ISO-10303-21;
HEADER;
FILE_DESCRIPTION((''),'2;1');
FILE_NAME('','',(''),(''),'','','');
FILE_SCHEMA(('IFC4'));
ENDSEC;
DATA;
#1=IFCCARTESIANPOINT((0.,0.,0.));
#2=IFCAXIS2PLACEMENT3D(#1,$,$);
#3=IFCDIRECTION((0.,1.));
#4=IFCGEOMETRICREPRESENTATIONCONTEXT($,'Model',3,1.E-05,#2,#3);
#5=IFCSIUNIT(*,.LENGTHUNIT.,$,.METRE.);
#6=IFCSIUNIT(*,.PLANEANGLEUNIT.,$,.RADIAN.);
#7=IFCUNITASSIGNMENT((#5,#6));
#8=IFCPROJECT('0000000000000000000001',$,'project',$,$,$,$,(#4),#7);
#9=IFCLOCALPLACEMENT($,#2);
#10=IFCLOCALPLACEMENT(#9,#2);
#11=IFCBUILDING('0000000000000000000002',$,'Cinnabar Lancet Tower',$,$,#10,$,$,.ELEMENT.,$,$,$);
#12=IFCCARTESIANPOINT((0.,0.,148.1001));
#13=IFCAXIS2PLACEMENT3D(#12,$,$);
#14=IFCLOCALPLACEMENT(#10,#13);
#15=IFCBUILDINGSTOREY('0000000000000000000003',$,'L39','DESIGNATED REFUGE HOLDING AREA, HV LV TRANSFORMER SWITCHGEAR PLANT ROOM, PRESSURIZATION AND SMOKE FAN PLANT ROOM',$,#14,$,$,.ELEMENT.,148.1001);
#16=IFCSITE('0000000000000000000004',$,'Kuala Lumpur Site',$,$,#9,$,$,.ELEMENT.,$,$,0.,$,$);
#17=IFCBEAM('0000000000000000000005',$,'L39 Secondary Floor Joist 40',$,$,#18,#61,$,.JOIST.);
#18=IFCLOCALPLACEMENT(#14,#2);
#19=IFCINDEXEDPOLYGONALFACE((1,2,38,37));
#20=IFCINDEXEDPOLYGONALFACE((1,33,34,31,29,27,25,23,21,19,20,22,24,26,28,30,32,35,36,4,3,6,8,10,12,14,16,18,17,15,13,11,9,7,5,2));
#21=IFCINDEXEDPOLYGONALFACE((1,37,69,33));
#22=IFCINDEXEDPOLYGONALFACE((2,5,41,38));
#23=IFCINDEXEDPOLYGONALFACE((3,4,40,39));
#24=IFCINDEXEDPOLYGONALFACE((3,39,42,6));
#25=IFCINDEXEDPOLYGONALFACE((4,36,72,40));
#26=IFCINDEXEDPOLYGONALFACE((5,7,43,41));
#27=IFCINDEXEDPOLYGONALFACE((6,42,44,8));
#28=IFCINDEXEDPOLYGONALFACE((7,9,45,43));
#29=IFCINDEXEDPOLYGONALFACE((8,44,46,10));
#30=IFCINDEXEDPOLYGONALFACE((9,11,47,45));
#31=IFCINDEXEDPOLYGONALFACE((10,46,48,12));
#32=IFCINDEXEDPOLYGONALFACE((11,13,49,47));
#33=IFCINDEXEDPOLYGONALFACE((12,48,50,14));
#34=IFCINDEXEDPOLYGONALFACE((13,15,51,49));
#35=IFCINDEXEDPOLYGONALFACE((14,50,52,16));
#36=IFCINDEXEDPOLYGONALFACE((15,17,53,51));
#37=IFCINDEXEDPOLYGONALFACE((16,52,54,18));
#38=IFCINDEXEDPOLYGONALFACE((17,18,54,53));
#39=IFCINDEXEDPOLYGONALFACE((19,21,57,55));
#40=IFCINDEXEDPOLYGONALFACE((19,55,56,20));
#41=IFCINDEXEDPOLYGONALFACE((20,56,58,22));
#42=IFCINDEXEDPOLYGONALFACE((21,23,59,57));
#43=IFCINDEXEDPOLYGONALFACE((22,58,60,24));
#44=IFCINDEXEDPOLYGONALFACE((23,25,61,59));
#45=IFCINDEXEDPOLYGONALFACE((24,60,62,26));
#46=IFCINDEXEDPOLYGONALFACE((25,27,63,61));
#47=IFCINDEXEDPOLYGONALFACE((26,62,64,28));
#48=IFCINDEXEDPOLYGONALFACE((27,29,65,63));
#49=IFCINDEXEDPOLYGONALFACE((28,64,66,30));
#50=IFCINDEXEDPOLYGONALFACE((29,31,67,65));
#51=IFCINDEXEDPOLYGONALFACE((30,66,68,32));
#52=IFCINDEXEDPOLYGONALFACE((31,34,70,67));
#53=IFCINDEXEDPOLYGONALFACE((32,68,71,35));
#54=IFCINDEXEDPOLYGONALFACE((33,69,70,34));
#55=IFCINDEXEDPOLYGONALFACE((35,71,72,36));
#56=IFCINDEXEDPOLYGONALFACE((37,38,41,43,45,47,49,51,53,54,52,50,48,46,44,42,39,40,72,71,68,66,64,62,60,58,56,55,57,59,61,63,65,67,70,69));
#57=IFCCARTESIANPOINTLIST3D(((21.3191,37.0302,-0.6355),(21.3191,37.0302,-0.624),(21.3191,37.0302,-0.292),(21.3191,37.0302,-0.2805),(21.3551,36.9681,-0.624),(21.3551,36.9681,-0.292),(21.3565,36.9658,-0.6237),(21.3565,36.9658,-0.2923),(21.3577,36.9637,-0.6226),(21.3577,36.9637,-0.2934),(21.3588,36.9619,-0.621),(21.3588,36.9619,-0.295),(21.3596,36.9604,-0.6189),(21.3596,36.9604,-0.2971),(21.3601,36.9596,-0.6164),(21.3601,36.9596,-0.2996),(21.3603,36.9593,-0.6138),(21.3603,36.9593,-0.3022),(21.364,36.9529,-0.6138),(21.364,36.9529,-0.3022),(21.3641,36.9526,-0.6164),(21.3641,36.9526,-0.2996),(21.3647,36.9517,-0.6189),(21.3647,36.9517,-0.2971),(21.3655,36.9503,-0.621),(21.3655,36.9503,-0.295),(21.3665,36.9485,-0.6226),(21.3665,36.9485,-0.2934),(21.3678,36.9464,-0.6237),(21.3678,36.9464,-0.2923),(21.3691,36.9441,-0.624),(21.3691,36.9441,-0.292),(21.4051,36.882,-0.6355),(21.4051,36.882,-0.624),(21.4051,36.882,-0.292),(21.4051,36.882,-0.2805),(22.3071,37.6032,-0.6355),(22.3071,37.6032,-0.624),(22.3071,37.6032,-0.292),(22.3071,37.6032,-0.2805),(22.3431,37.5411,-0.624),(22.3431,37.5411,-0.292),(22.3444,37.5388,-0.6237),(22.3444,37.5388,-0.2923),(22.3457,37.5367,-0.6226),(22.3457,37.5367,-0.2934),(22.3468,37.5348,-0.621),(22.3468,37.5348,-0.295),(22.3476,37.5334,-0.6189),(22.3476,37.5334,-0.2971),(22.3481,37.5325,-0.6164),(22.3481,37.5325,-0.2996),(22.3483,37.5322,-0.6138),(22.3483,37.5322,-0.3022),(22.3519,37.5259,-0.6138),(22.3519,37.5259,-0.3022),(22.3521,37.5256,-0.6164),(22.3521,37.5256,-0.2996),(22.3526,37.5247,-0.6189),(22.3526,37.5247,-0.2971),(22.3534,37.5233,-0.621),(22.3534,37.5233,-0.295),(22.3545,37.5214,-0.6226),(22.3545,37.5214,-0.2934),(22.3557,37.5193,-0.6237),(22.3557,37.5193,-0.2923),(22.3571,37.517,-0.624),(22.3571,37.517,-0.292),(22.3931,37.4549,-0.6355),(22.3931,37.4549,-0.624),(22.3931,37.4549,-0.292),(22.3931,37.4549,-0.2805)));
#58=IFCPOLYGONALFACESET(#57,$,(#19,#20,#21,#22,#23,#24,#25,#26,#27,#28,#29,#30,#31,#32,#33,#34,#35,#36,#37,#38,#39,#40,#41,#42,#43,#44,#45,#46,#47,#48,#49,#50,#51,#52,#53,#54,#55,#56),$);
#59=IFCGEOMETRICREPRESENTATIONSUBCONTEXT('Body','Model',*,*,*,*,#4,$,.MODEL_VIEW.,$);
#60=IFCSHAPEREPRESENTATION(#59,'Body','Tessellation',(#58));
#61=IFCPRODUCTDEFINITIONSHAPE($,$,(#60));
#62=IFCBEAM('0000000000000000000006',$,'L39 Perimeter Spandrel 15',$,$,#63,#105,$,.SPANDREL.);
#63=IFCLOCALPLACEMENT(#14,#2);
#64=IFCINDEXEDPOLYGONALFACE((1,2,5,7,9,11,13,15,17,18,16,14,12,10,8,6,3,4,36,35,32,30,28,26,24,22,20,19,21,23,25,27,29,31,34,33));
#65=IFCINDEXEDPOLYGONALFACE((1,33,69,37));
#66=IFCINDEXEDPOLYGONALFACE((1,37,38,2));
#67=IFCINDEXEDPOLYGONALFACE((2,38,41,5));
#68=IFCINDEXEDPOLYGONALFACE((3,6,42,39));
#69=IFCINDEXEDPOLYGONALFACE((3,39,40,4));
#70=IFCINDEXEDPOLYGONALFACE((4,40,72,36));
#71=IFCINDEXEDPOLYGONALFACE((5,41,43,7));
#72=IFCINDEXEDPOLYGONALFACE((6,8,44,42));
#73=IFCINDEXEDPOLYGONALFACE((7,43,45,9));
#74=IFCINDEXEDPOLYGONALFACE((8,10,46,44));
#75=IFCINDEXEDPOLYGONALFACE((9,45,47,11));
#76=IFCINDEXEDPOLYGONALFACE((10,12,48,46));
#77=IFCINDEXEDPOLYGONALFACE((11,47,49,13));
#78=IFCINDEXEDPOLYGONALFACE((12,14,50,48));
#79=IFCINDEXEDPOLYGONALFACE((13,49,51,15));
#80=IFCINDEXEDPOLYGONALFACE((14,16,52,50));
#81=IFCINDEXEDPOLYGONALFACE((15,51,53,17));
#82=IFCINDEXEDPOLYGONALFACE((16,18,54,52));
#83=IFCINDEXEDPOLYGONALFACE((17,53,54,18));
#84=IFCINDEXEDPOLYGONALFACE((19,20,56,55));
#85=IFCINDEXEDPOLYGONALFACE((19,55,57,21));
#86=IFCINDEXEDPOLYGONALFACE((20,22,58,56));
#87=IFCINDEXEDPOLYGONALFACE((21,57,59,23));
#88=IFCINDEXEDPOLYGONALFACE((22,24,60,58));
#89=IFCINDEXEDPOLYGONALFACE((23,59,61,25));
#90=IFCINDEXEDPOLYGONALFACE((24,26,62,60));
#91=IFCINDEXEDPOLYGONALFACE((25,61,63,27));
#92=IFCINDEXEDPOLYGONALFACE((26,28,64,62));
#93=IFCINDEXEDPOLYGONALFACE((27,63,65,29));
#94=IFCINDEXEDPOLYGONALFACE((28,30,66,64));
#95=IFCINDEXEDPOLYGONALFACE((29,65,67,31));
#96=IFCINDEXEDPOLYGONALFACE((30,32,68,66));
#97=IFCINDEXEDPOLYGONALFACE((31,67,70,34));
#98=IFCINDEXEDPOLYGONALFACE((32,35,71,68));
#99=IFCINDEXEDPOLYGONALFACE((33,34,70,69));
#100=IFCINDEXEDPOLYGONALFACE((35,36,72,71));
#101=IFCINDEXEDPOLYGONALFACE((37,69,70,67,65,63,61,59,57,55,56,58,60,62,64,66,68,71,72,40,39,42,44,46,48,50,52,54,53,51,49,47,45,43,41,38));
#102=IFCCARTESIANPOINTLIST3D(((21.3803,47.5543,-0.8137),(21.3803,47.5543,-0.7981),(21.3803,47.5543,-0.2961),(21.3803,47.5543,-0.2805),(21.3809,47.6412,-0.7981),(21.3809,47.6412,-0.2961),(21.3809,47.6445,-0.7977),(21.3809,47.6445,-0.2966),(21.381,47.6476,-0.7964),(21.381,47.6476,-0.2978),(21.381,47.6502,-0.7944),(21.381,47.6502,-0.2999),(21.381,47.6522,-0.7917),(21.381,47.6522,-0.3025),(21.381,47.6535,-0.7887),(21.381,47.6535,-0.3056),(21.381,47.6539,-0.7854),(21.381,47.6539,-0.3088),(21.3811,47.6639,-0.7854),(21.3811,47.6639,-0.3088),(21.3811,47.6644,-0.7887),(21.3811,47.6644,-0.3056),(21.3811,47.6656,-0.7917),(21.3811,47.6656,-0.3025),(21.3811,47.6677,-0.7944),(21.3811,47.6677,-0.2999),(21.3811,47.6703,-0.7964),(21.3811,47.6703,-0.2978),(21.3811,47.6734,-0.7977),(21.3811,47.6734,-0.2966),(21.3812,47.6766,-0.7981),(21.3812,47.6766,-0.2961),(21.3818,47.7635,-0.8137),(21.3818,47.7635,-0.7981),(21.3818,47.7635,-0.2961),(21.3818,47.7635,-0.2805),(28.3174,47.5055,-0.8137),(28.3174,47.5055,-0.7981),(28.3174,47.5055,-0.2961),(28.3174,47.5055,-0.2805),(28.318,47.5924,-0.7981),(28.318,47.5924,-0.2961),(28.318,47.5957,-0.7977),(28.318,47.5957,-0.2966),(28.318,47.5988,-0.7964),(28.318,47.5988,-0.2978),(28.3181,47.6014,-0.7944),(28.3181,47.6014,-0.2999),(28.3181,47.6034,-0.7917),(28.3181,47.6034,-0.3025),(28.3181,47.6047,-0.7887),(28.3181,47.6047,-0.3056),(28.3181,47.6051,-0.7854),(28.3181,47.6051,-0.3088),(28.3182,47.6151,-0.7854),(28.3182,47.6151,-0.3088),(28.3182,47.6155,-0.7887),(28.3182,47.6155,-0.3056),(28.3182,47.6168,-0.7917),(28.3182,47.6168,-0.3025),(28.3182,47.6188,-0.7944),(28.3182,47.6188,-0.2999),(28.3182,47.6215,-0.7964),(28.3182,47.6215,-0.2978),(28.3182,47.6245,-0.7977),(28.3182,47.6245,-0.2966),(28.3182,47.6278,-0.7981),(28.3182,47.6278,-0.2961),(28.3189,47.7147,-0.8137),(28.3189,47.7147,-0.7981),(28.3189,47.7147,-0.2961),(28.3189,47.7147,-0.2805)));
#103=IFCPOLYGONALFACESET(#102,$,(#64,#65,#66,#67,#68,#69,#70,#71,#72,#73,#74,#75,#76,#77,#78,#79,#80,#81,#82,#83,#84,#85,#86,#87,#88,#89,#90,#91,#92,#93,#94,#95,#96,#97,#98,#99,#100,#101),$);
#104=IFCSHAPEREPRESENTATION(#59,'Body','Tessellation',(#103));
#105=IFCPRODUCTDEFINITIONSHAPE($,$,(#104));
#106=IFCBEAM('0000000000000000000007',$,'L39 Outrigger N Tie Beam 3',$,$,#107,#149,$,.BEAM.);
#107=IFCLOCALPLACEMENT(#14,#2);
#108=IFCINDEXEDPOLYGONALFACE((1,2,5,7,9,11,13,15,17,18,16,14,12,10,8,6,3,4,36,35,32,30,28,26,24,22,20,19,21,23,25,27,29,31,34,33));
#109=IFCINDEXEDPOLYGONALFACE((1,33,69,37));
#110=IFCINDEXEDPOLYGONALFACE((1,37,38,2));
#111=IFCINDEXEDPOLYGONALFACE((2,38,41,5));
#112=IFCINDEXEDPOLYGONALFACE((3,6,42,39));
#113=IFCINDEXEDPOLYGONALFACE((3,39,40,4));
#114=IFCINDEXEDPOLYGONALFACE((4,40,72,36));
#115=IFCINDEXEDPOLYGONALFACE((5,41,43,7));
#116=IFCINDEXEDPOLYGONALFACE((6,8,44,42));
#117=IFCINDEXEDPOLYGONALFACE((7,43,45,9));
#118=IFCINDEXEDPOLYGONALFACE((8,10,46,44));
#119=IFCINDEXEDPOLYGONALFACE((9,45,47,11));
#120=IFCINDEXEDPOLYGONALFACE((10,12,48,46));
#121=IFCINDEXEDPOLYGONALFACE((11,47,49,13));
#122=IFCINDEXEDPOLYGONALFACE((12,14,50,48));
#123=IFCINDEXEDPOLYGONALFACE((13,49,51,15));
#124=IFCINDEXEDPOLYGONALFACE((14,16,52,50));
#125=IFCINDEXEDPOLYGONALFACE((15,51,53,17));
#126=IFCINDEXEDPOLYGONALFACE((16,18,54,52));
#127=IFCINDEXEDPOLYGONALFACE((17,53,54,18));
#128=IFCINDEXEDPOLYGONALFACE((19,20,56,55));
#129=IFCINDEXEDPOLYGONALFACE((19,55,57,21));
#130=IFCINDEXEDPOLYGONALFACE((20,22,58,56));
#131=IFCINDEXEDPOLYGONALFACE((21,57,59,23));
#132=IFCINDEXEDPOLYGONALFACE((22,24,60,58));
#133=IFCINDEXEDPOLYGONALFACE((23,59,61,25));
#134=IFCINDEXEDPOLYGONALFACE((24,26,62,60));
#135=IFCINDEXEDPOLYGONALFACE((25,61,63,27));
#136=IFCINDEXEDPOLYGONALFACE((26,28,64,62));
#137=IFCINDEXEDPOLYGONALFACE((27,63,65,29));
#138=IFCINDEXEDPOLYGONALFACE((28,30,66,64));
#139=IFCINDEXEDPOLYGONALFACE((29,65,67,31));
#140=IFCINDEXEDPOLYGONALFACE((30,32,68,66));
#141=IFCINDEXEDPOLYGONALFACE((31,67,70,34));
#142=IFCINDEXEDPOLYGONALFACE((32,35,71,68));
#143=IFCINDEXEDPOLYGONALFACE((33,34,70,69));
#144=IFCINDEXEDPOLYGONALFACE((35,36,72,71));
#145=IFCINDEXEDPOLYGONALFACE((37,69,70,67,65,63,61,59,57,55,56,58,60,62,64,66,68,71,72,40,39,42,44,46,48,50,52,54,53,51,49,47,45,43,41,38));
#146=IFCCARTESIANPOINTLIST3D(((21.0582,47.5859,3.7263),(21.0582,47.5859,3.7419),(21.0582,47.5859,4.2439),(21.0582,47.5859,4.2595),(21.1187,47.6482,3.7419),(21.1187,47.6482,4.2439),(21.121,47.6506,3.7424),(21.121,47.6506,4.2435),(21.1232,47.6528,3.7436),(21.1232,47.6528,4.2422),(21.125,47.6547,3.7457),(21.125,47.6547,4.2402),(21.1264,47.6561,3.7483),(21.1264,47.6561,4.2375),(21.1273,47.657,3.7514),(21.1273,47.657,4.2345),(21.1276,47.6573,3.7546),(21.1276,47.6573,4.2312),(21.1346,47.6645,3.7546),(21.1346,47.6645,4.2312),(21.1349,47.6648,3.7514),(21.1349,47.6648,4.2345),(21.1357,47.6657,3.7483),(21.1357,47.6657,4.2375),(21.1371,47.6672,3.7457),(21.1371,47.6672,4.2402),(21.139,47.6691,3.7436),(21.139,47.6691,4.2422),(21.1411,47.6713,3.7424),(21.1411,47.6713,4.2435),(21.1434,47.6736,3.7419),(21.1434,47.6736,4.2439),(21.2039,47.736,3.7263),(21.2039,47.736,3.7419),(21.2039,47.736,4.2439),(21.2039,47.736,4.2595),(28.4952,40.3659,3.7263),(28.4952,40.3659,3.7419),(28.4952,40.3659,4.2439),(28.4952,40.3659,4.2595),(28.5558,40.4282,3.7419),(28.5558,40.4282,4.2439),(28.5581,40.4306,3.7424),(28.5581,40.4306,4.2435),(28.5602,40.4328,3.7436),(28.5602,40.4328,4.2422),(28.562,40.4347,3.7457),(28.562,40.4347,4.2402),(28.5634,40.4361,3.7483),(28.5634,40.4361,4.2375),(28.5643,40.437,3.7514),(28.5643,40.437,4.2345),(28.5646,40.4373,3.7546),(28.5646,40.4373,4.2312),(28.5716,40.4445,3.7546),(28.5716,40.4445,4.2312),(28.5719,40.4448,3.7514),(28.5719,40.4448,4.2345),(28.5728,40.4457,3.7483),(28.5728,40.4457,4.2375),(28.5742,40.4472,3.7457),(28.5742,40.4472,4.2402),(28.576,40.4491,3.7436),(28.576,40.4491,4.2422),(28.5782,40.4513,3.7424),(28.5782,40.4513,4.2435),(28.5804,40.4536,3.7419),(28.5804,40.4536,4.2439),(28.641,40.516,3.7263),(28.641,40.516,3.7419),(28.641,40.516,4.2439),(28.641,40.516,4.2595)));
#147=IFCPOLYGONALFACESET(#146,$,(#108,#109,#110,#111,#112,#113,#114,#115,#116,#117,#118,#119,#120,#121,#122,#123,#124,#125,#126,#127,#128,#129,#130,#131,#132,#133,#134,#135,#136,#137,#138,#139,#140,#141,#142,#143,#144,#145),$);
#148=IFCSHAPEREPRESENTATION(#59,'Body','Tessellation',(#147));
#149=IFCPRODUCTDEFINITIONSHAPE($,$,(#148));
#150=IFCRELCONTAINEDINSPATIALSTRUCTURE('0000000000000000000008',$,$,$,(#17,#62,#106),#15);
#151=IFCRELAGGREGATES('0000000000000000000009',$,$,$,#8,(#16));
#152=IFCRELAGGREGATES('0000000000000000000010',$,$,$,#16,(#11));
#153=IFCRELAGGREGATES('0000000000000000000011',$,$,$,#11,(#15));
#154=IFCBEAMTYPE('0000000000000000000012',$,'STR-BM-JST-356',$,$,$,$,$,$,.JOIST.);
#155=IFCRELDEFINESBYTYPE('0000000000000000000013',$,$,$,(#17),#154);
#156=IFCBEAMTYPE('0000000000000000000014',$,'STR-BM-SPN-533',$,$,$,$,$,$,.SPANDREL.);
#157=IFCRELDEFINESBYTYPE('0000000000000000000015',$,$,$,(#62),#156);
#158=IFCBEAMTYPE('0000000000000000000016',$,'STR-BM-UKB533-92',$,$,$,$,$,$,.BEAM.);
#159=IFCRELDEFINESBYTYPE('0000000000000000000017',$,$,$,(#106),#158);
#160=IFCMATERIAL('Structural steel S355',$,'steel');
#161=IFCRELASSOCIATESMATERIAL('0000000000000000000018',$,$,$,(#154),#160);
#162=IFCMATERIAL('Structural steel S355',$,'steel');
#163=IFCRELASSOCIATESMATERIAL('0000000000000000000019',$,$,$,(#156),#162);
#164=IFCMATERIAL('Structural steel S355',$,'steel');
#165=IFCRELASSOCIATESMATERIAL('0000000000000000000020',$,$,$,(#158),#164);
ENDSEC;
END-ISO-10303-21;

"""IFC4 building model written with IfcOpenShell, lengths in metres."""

from ifc_helpers import new_model, si_unit, direction, frame, origin, origin_2d, place, context, subcontext, project, spatial, i_section, extrude, material, material_profile, profile_set, type_object, element, save


model = new_model("IFC4")

# Units and contexts
model_context = context("Model", 3, precision=1e-05, world=origin(), true_north=direction((0.0, 1.0)))
body_context = subcontext(model_context, "Body", "Model", "MODEL_VIEW")
ifc_project = project(units=[si_unit("LENGTHUNIT", "METRE"), si_unit("PLANEANGLEUNIT", "RADIAN")], contexts=[model_context])

# Site, building, storey
site_placement = place(None, origin())
site = spatial("IfcSite", under=ifc_project, at=site_placement, Name="Kuala Lumpur Site", CompositionType="ELEMENT", RefElevation=0.0)
building_placement = place(site_placement, origin())
building = spatial("IfcBuilding", under=site, at=building_placement, Name="Cinnabar Lancet Tower", CompositionType="ELEMENT")
storey_placement = place(building_placement, frame((0.0, 0.0, 148.1001)))
storey = spatial("IfcBuildingStorey", under=building, at=storey_placement, Name="L39", Description="DESIGNATED REFUGE HOLDING AREA, HV LV TRANSFORMER SWITCHGEAR PLANT ROOM, PRESSURIZATION AND SMOKE FAN PLANT ROOM", CompositionType="ELEMENT", Elevation=148.1001)

# Beams
ifc_material_1 = material(Name="Structural steel S355", Category="steel")
ifc_material_profile_1 = material_profile(ifc_material_1, i_section(OverallWidth=0.1714, OverallDepth=0.355, WebThickness=0.0073, FlangeThickness=0.0115, FilletRadius=0.0103, at=origin_2d()), Name="UKB 356x171x51")
ifc_profile_set_1 = profile_set([ifc_material_profile_1], Name="Structural steel S355")
beam_type_1 = type_object("IfcBeamType", Name="STR-BM-JST-356", PredefinedType="JOIST", material=ifc_profile_set_1)
beam_1_placement = place(storey_placement, frame((22.3501, 37.5291, -0.458), z_axis=(-0.865055, -0.501677, 0.0), x_axis=(0.501677, -0.865055, 0.0)))
element("IfcBeam", 1, at=beam_1_placement, inside=storey, type_object=beam_type_1, Name="L39 Secondary Floor Joist 40", PredefinedType="JOIST", context=body_context, shape_type="SweptSolid", body=[
    extrude(i_section(OverallWidth=0.1714, OverallDepth=0.355, WebThickness=0.0073, FlangeThickness=0.0115, FilletRadius=0.0103, at=origin_2d()), origin(), (0.0, 0.0, 1.0), 1.1421),
])
ifc_material_2 = material(Name="Structural steel S355", Category="steel")
ifc_material_profile_2 = material_profile(ifc_material_2, i_section(OverallWidth=0.2092, OverallDepth=0.5332, WebThickness=0.01, FlangeThickness=0.0156, FilletRadius=0.0127, at=origin_2d()), Name="UKB 533x210x92")
ifc_profile_set_2 = profile_set([ifc_material_profile_2], Name="Structural steel S355")
beam_type_2 = type_object("IfcBeamType", Name="STR-BM-SPN-533", PredefinedType="SPANDREL", material=ifc_profile_set_2)
beam_2_placement = place(storey_placement, frame((28.3181, 47.6101, -0.5471), z_axis=(-0.999975, 0.007039, 0.0), x_axis=(-0.007039, -0.999975, 0.0)))
element("IfcBeam", 2, at=beam_2_placement, inside=storey, type_object=beam_type_2, Name="L39 Perimeter Spandrel 15", PredefinedType="SPANDREL", context=body_context, shape_type="SweptSolid", body=[
    extrude(i_section(OverallWidth=0.2092, OverallDepth=0.5332, WebThickness=0.01, FlangeThickness=0.0156, FilletRadius=0.0127, at=origin_2d()), origin(), (0.0, 0.0, 1.0), 6.9373),
])
ifc_material_3 = material(Name="Structural steel S355", Category="steel")
ifc_material_profile_3 = material_profile(ifc_material_3, i_section(OverallWidth=0.2092, OverallDepth=0.5332, WebThickness=0.01, FlangeThickness=0.0156, FilletRadius=0.0127, at=origin_2d()), Name="UKB 533x210x92")
ifc_profile_set_3 = profile_set([ifc_material_profile_3], Name="Structural steel S355")
beam_type_3 = type_object("IfcBeamType", Name="STR-BM-UKB533-92", PredefinedType="BEAM", material=ifc_profile_set_3)
beam_3_placement = place(storey_placement, frame((28.5681, 40.4409, 3.9929), z_axis=(-0.717499, 0.69656, 0.0), x_axis=(-0.69656, -0.717499, 0.0)))
element("IfcBeam", 3, at=beam_3_placement, inside=storey, type_object=beam_type_3, Name="L39 Outrigger N Tie Beam 3", PredefinedType="BEAM", context=body_context, shape_type="SweptSolid", body=[
    extrude(i_section(OverallWidth=0.2092, OverallDepth=0.5332, WebThickness=0.01, FlangeThickness=0.0156, FilletRadius=0.0127, at=origin_2d()), origin(), (0.0, 0.0, 1.0), 10.3652),
])

save(model, "model.ifc")
